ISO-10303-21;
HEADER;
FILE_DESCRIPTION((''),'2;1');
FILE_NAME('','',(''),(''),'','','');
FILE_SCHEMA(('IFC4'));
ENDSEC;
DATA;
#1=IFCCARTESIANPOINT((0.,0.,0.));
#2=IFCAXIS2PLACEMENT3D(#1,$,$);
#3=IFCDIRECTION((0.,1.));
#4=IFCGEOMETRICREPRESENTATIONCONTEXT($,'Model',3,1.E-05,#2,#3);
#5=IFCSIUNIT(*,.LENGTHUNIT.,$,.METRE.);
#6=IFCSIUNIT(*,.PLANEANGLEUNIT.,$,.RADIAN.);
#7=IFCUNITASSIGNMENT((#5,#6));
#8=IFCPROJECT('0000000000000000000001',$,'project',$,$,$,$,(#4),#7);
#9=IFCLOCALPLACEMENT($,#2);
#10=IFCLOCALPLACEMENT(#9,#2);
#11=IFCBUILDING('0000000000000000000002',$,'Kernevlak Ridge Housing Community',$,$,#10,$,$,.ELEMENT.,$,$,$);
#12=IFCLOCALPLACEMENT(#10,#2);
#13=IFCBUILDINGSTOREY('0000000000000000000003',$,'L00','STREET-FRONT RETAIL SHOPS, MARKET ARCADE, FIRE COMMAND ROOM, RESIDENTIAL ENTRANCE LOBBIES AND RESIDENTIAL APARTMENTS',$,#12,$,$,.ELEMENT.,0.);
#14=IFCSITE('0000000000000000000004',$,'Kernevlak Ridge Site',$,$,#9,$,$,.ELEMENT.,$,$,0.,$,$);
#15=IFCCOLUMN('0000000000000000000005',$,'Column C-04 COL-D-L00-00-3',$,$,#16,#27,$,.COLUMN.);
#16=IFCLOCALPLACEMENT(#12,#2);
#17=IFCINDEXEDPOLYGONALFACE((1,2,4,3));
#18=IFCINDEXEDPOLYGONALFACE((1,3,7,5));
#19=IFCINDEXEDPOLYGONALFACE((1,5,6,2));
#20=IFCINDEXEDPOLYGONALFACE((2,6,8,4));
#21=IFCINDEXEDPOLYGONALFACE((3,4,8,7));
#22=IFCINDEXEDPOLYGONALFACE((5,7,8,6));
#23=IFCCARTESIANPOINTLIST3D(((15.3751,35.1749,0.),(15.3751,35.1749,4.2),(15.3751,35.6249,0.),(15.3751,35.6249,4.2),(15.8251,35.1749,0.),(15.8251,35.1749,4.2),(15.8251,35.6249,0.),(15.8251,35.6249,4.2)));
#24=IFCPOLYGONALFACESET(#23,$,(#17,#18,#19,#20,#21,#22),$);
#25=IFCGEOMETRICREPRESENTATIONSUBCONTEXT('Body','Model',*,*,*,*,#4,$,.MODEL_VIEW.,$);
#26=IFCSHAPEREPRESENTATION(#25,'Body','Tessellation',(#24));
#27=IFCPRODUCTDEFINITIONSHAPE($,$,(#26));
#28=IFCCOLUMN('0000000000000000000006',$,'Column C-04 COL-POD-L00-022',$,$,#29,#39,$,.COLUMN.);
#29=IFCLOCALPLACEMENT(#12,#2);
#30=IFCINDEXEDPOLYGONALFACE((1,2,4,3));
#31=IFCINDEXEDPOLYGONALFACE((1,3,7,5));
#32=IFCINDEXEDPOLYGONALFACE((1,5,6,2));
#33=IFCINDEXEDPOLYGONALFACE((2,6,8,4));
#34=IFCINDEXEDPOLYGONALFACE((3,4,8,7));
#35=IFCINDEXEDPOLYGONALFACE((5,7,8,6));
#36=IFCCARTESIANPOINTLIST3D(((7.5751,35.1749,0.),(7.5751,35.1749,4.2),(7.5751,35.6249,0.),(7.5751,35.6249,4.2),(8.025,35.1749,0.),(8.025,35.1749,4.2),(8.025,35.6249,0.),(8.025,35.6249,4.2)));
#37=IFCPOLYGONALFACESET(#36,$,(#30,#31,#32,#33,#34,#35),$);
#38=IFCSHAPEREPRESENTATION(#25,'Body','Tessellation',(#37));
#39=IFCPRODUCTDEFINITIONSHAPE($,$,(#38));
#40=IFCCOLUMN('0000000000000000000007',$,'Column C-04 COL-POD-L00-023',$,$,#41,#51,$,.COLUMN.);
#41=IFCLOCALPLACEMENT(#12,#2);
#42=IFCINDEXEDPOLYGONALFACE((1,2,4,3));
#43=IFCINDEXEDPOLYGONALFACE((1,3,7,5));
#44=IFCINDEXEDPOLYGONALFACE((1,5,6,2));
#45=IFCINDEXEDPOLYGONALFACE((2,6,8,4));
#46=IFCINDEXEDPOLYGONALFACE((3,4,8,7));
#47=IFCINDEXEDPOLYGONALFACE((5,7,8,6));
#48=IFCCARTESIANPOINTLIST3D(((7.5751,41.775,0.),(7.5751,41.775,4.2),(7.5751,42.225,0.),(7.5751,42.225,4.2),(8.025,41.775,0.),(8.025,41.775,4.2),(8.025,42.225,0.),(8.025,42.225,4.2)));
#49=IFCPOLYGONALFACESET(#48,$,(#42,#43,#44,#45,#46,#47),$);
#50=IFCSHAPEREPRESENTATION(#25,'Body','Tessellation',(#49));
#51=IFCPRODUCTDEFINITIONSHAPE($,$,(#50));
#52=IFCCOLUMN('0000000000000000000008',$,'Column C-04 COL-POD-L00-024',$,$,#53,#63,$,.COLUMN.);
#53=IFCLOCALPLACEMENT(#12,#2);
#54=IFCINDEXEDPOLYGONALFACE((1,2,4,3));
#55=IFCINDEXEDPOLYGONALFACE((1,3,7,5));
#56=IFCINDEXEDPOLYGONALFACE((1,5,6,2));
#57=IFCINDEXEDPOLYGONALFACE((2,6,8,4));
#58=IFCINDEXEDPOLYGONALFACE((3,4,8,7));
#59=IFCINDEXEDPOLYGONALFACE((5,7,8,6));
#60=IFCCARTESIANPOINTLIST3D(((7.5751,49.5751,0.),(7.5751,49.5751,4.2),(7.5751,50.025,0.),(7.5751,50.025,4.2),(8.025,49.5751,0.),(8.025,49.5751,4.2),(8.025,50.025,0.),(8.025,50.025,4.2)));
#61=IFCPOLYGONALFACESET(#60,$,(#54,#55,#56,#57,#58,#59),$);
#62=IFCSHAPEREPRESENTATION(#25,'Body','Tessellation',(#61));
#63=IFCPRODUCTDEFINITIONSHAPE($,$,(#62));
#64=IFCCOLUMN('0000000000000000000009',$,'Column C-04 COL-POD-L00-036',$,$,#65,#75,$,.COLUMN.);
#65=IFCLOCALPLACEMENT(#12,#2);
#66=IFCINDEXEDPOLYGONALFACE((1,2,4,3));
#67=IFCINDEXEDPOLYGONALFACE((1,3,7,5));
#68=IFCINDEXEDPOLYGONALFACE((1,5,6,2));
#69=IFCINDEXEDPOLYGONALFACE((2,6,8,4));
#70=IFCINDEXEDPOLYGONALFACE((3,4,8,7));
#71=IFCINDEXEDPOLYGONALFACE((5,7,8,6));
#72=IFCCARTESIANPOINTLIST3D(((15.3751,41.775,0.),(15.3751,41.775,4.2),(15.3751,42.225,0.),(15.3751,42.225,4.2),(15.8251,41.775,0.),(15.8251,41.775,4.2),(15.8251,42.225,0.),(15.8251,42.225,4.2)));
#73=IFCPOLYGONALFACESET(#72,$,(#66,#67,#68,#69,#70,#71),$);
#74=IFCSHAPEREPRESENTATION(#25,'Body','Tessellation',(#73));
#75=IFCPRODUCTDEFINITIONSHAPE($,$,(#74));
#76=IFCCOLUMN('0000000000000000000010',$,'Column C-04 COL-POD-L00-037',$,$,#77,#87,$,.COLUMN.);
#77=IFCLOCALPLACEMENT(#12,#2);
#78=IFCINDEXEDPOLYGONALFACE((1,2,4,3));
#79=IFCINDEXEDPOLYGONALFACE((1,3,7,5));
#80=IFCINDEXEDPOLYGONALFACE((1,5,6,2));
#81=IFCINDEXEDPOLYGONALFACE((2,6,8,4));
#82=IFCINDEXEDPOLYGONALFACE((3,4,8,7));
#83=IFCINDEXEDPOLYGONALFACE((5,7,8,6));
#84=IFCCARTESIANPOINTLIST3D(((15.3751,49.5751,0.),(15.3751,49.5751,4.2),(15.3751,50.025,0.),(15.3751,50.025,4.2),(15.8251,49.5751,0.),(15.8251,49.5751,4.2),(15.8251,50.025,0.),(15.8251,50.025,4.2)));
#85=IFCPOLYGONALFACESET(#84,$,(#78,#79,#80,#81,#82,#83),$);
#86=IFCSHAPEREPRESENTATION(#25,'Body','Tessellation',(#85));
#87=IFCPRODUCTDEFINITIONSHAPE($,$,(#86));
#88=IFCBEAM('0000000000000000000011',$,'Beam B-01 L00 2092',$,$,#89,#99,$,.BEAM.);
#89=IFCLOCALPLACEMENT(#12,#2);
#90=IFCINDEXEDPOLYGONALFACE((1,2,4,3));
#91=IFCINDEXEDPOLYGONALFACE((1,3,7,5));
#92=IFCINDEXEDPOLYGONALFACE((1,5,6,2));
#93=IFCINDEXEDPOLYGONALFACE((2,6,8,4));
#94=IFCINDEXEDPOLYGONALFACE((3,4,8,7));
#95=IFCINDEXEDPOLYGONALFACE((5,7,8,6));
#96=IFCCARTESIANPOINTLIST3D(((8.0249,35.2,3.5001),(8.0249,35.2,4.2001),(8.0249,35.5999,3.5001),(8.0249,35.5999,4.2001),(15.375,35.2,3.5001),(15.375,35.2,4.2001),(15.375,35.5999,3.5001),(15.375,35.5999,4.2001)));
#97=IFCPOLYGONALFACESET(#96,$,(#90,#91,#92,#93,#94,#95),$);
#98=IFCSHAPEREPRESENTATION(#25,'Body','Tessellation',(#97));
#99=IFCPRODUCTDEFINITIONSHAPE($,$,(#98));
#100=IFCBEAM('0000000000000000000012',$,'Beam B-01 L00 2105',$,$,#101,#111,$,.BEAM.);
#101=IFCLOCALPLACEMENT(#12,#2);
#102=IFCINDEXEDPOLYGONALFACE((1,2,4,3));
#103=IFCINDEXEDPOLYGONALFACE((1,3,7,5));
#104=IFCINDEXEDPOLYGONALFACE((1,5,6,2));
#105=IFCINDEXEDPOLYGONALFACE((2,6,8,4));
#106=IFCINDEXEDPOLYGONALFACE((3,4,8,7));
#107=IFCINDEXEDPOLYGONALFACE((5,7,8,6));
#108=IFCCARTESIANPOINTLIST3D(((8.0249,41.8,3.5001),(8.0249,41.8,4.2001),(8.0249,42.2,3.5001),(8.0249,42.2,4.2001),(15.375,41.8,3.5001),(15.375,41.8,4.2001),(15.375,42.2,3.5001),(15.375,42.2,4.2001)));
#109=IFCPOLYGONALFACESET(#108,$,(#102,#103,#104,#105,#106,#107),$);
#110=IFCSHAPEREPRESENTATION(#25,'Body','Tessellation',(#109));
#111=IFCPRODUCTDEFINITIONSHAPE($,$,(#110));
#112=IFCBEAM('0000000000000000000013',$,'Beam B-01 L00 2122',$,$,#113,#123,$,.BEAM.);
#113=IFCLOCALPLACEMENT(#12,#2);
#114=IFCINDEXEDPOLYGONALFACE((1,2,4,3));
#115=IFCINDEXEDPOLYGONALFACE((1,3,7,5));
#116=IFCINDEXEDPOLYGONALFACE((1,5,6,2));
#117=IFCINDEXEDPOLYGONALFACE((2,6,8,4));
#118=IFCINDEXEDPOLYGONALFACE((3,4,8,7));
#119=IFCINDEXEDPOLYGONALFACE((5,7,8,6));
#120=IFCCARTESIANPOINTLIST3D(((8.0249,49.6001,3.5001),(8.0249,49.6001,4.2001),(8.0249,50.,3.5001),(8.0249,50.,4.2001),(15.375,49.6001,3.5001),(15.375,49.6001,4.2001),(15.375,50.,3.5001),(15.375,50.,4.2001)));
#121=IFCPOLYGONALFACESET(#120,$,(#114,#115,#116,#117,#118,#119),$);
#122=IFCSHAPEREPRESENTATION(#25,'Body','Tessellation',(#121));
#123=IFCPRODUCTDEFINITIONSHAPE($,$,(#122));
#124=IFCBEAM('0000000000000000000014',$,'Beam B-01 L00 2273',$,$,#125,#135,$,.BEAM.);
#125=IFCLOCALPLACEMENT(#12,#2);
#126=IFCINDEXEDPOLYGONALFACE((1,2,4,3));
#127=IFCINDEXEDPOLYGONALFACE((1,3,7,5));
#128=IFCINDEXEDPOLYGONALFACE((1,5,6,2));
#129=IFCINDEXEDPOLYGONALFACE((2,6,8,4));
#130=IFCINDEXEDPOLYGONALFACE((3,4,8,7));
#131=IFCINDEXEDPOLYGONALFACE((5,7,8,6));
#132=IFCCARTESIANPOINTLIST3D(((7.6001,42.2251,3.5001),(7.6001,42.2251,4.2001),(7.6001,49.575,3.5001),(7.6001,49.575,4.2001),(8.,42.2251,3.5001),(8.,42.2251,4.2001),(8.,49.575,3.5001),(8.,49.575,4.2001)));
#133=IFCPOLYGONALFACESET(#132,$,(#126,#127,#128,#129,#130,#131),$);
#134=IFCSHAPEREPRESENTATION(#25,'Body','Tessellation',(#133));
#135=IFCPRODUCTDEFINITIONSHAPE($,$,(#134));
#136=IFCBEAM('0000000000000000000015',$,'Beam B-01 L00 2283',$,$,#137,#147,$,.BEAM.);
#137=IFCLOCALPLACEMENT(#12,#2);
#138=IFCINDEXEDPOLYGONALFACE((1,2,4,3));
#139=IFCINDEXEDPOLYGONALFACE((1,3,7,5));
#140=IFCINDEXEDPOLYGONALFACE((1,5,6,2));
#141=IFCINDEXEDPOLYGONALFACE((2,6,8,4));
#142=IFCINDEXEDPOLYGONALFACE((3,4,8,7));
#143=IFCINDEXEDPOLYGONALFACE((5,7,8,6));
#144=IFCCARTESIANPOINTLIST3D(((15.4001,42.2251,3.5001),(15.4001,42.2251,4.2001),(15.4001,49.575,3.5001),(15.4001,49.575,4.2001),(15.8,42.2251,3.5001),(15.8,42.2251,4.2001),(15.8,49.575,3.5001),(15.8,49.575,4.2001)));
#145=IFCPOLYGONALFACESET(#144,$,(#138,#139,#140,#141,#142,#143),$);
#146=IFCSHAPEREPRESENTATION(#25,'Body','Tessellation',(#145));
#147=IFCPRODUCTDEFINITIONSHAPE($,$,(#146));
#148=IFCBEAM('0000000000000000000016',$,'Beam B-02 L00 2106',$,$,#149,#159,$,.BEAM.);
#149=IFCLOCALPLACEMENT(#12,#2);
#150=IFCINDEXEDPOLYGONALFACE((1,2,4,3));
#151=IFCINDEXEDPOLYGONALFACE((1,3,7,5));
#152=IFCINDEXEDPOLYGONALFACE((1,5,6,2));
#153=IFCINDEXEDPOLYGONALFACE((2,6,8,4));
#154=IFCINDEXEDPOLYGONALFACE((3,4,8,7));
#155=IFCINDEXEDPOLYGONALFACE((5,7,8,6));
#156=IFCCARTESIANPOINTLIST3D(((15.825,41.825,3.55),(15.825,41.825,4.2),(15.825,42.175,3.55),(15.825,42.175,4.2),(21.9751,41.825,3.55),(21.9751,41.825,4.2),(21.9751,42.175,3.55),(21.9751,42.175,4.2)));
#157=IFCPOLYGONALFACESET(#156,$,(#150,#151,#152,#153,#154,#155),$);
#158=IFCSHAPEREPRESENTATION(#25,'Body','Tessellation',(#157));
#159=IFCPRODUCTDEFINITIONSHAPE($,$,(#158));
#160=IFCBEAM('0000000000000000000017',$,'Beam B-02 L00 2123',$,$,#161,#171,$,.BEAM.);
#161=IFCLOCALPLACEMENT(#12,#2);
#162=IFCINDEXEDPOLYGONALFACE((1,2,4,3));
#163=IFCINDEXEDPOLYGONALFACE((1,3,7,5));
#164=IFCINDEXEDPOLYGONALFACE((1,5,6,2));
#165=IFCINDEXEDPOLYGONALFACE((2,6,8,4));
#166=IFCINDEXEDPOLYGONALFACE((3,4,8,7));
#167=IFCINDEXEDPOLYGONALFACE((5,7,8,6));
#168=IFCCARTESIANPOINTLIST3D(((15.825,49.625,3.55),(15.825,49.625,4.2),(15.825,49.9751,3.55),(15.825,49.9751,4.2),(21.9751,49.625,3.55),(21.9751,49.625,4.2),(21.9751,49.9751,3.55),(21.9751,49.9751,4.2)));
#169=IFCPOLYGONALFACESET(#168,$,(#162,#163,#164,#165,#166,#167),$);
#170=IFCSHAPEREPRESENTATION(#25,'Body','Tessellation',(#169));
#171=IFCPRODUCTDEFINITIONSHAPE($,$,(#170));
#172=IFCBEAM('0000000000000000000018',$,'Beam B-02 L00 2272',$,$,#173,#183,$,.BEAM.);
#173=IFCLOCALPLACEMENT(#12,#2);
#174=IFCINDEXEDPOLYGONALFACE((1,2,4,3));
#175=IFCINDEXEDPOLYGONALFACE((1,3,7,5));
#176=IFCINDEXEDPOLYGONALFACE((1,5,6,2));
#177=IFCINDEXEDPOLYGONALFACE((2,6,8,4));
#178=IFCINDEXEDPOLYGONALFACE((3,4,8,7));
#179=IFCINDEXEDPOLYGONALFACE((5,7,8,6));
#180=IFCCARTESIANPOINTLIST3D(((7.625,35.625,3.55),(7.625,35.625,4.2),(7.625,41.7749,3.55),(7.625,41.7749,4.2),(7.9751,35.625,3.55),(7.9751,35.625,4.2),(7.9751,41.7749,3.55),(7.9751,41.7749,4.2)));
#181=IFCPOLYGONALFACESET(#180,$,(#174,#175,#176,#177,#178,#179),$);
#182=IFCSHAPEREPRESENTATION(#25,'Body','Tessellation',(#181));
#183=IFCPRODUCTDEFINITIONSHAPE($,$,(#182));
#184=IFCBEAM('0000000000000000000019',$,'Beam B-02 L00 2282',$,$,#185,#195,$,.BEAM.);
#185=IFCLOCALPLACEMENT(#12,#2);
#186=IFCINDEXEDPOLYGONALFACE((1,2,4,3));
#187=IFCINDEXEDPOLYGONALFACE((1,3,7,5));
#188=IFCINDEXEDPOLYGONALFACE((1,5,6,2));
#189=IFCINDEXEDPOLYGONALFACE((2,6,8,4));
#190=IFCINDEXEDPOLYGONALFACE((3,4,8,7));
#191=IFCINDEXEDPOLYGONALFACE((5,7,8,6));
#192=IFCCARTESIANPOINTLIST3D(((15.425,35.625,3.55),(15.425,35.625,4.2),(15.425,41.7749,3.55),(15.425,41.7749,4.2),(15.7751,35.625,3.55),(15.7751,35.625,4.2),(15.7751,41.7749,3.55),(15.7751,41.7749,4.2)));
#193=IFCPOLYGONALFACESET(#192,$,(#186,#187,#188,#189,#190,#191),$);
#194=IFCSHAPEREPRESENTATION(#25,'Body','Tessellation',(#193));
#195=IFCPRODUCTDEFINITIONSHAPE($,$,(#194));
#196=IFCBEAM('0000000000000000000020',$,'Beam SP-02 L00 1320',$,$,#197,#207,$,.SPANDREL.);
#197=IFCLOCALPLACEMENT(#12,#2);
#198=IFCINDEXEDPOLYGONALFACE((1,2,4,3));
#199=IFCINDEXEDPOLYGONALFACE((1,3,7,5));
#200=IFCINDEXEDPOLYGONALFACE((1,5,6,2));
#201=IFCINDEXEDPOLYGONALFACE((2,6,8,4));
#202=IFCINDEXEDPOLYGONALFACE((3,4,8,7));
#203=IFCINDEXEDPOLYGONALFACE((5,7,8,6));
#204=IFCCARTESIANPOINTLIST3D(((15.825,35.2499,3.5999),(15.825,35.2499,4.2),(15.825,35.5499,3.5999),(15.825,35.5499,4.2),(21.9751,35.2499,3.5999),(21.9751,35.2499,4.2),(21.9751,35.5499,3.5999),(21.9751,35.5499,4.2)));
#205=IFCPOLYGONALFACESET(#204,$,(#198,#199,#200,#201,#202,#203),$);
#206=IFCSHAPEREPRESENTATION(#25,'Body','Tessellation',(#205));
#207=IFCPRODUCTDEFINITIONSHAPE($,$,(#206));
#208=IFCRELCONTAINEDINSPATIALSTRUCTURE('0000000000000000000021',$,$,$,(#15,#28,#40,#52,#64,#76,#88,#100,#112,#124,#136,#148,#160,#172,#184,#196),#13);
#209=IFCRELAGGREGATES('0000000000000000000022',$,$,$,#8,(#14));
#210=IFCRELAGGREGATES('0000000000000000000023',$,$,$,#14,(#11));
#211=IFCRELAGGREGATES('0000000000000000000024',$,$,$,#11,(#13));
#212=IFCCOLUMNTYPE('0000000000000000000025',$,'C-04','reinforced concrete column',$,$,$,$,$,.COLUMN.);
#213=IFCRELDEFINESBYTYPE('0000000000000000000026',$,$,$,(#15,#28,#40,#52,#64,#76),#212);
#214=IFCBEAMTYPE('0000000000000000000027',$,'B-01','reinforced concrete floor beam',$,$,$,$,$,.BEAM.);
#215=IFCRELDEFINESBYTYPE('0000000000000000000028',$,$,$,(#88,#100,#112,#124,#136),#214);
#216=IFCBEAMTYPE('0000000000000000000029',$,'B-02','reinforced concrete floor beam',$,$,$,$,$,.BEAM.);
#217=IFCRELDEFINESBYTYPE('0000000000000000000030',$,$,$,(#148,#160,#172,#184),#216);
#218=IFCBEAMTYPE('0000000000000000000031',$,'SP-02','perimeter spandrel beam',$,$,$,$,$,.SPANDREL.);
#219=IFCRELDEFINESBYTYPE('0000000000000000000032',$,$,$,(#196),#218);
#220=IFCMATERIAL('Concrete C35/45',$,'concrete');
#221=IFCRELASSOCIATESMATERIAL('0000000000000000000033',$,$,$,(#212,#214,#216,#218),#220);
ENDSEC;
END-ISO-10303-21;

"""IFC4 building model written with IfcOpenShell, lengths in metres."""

from ifc_helpers import new_model, si_unit, direction, frame, origin, origin_2d, place, context, subcontext, project, spatial, rectangle, extrude, material, material_profile, profile_set, type_object, element, save


model = new_model("IFC4")

# Units and contexts
model_context = context("Model", 3, precision=1e-05, world=origin(), true_north=direction((0.0, 1.0)))
body_context = subcontext(model_context, "Body", "Model", "MODEL_VIEW")
ifc_project = project(units=[si_unit("LENGTHUNIT", "METRE"), si_unit("PLANEANGLEUNIT", "RADIAN")], contexts=[model_context])

# Site, building, storey
site_placement = place(None, origin())
site = spatial("IfcSite", under=ifc_project, at=site_placement, Name="Kernevlak Ridge Site", CompositionType="ELEMENT", RefElevation=0.0)
building_placement = place(site_placement, origin())
building = spatial("IfcBuilding", under=site, at=building_placement, Name="Kernevlak Ridge Housing Community", CompositionType="ELEMENT")
storey_placement = place(building_placement, origin())
storey = spatial("IfcBuildingStorey", under=building, at=storey_placement, Name="L00", Description="STREET-FRONT RETAIL SHOPS, MARKET ARCADE, FIRE COMMAND ROOM, RESIDENTIAL ENTRANCE LOBBIES AND RESIDENTIAL APARTMENTS", CompositionType="ELEMENT", Elevation=0.0)

# Columns
ifc_material_1 = material(Name="Concrete C35/45", Category="concrete")
ifc_material_profile_1 = material_profile(ifc_material_1, rectangle(XDim=0.45, YDim=0.45, at=origin_2d()), Name="RC 450x450")
ifc_profile_set_1 = profile_set([ifc_material_profile_1], Name="Concrete C35/45")
column_type = type_object("IfcColumnType", Name="C-04", Description="reinforced concrete column", PredefinedType="COLUMN", material=ifc_profile_set_1)
for number, where, z_axis, x_axis, name in (
    (1, (15.6001, 35.3999, 0.0), (0.0, 0.0, 1.0), (1.0, 0.0, 0.0), "Column C-04 COL-D-L00-00-3"),
    (2, (7.8, 35.3999, 0.0), (0.0, 0.0, 1.0), (1.0, 0.0, 0.0), "Column C-04 COL-POD-L00-022"),
    (3, (7.8, 42.0, 0.0), (0.0, 0.0, 1.0), (1.0, 0.0, 0.0), "Column C-04 COL-POD-L00-023"),
    (4, (7.8, 49.8, 0.0), (0.0, 0.0, 1.0), (1.0, 0.0, 0.0), "Column C-04 COL-POD-L00-024"),
    (5, (15.6001, 42.0, 0.0), (0.0, 0.0, 1.0), (1.0, 0.0, 0.0), "Column C-04 COL-POD-L00-036"),
    (6, (15.6001, 49.8, 0.0), (0.0, 0.0, 1.0), (1.0, 0.0, 0.0), "Column C-04 COL-POD-L00-037"),
):
    element("IfcColumn", number, at=place(storey_placement, frame(where, z_axis=z_axis, x_axis=x_axis)), inside=storey, type_object=column_type, Name=name, PredefinedType="COLUMN", context=body_context, shape_type="SweptSolid", body=[
        extrude(rectangle(XDim=0.45, YDim=0.45, at=origin_2d()), origin(), (0.0, 0.0, 1.0), 4.2),
    ])

# Beams
ifc_material_profile_2 = material_profile(ifc_material_1, rectangle(XDim=0.3999, YDim=0.7, at=origin_2d()), Name="RC 400x700")
ifc_profile_set_2 = profile_set([ifc_material_profile_2], Name="Concrete C35/45")
beam_type_1 = type_object("IfcBeamType", Name="B-01", Description="reinforced concrete floor beam", PredefinedType="BEAM", material=ifc_profile_set_2)
for number, where, z_axis, x_axis, name in (
    (7, (8.0249, 35.3999, 3.8501), (1.0, 0.0, 0.0), (0.0, 1.0, 0.0), "Beam B-01 L00 2092"),
    (8, (8.0249, 42.0, 3.8501), (1.0, 0.0, 0.0), (0.0, 1.0, 0.0), "Beam B-01 L00 2105"),
    (9, (8.0249, 49.8, 3.8501), (1.0, 0.0, 0.0), (0.0, 1.0, 0.0), "Beam B-01 L00 2122"),
):
    element("IfcBeam", number, at=place(storey_placement, frame(where, z_axis=z_axis, x_axis=x_axis)), inside=storey, type_object=beam_type_1, Name=name, PredefinedType="BEAM", context=body_context, shape_type="SweptSolid", body=[
        extrude(rectangle(XDim=0.3999, YDim=0.7, at=origin_2d()), origin(), (0.0, 0.0, 1.0), 7.3501),
    ])
for number, where, z_axis, x_axis, name in (
    (10, (7.8, 42.2251, 3.8501), (0.0, 1.0, 0.0), (-1.0, 0.0, 0.0), "Beam B-01 L00 2273"),
    (11, (15.6001, 42.2251, 3.8501), (0.0, 1.0, 0.0), (-1.0, 0.0, 0.0), "Beam B-01 L00 2283"),
):
    element("IfcBeam", number, at=place(storey_placement, frame(where, z_axis=z_axis, x_axis=x_axis)), inside=storey, type_object=beam_type_1, Name=name, PredefinedType="BEAM", context=body_context, shape_type="SweptSolid", body=[
        extrude(rectangle(XDim=0.3999, YDim=0.7, at=origin_2d()), origin(), (0.0, 0.0, 1.0), 7.3499),
    ])
ifc_material_profile_3 = material_profile(ifc_material_1, rectangle(XDim=0.3501, YDim=0.6499, at=origin_2d()), Name="RC 350x650")
ifc_profile_set_3 = profile_set([ifc_material_profile_3], Name="Concrete C35/45")
beam_type_2 = type_object("IfcBeamType", Name="B-02", Description="reinforced concrete floor beam", PredefinedType="BEAM", material=ifc_profile_set_3)
for number, where, z_axis, x_axis, name in (
    (12, (15.825, 42.0, 3.875), (1.0, 0.0, 0.0), (0.0, 1.0, 0.0), "Beam B-02 L00 2106"),
    (13, (15.825, 49.8, 3.875), (1.0, 0.0, 0.0), (0.0, 1.0, 0.0), "Beam B-02 L00 2123"),
):
    element("IfcBeam", number, at=place(storey_placement, frame(where, z_axis=z_axis, x_axis=x_axis)), inside=storey, type_object=beam_type_2, Name=name, PredefinedType="BEAM", context=body_context, shape_type="SweptSolid", body=[
        extrude(rectangle(XDim=0.3501, YDim=0.6499, at=origin_2d()), origin(), (0.0, 0.0, 1.0), 6.1501),
    ])
for number, where, z_axis, x_axis, name in (
    (14, (7.8, 35.625, 3.875), (0.0, 1.0, 0.0), (-1.0, 0.0, 0.0), "Beam B-02 L00 2272"),
    (15, (15.6001, 35.625, 3.875), (0.0, 1.0, 0.0), (-1.0, 0.0, 0.0), "Beam B-02 L00 2282"),
):
    element("IfcBeam", number, at=place(storey_placement, frame(where, z_axis=z_axis, x_axis=x_axis)), inside=storey, type_object=beam_type_2, Name=name, PredefinedType="BEAM", context=body_context, shape_type="SweptSolid", body=[
        extrude(rectangle(XDim=0.3501, YDim=0.6499, at=origin_2d()), origin(), (0.0, 0.0, 1.0), 6.1499),
    ])
ifc_material_profile_4 = material_profile(ifc_material_1, rectangle(XDim=0.3, YDim=0.6001, at=origin_2d()), Name="RC 300x600")
ifc_profile_set_4 = profile_set([ifc_material_profile_4], Name="Concrete C35/45")
beam_type_3 = type_object("IfcBeamType", Name="SP-02", Description="perimeter spandrel beam", PredefinedType="SPANDREL", material=ifc_profile_set_4)
beam_placement = place(storey_placement, frame((15.825, 35.3999, 3.8999), z_axis=(1.0, 0.0, 0.0), x_axis=(0.0, 1.0, 0.0)))
element("IfcBeam", 16, at=beam_placement, inside=storey, type_object=beam_type_3, Name="Beam SP-02 L00 1320", PredefinedType="SPANDREL", context=body_context, shape_type="SweptSolid", body=[
    extrude(rectangle(XDim=0.3, YDim=0.6001, at=origin_2d()), origin(), (0.0, 0.0, 1.0), 6.1501),
])

save(model, "model.ifc")
